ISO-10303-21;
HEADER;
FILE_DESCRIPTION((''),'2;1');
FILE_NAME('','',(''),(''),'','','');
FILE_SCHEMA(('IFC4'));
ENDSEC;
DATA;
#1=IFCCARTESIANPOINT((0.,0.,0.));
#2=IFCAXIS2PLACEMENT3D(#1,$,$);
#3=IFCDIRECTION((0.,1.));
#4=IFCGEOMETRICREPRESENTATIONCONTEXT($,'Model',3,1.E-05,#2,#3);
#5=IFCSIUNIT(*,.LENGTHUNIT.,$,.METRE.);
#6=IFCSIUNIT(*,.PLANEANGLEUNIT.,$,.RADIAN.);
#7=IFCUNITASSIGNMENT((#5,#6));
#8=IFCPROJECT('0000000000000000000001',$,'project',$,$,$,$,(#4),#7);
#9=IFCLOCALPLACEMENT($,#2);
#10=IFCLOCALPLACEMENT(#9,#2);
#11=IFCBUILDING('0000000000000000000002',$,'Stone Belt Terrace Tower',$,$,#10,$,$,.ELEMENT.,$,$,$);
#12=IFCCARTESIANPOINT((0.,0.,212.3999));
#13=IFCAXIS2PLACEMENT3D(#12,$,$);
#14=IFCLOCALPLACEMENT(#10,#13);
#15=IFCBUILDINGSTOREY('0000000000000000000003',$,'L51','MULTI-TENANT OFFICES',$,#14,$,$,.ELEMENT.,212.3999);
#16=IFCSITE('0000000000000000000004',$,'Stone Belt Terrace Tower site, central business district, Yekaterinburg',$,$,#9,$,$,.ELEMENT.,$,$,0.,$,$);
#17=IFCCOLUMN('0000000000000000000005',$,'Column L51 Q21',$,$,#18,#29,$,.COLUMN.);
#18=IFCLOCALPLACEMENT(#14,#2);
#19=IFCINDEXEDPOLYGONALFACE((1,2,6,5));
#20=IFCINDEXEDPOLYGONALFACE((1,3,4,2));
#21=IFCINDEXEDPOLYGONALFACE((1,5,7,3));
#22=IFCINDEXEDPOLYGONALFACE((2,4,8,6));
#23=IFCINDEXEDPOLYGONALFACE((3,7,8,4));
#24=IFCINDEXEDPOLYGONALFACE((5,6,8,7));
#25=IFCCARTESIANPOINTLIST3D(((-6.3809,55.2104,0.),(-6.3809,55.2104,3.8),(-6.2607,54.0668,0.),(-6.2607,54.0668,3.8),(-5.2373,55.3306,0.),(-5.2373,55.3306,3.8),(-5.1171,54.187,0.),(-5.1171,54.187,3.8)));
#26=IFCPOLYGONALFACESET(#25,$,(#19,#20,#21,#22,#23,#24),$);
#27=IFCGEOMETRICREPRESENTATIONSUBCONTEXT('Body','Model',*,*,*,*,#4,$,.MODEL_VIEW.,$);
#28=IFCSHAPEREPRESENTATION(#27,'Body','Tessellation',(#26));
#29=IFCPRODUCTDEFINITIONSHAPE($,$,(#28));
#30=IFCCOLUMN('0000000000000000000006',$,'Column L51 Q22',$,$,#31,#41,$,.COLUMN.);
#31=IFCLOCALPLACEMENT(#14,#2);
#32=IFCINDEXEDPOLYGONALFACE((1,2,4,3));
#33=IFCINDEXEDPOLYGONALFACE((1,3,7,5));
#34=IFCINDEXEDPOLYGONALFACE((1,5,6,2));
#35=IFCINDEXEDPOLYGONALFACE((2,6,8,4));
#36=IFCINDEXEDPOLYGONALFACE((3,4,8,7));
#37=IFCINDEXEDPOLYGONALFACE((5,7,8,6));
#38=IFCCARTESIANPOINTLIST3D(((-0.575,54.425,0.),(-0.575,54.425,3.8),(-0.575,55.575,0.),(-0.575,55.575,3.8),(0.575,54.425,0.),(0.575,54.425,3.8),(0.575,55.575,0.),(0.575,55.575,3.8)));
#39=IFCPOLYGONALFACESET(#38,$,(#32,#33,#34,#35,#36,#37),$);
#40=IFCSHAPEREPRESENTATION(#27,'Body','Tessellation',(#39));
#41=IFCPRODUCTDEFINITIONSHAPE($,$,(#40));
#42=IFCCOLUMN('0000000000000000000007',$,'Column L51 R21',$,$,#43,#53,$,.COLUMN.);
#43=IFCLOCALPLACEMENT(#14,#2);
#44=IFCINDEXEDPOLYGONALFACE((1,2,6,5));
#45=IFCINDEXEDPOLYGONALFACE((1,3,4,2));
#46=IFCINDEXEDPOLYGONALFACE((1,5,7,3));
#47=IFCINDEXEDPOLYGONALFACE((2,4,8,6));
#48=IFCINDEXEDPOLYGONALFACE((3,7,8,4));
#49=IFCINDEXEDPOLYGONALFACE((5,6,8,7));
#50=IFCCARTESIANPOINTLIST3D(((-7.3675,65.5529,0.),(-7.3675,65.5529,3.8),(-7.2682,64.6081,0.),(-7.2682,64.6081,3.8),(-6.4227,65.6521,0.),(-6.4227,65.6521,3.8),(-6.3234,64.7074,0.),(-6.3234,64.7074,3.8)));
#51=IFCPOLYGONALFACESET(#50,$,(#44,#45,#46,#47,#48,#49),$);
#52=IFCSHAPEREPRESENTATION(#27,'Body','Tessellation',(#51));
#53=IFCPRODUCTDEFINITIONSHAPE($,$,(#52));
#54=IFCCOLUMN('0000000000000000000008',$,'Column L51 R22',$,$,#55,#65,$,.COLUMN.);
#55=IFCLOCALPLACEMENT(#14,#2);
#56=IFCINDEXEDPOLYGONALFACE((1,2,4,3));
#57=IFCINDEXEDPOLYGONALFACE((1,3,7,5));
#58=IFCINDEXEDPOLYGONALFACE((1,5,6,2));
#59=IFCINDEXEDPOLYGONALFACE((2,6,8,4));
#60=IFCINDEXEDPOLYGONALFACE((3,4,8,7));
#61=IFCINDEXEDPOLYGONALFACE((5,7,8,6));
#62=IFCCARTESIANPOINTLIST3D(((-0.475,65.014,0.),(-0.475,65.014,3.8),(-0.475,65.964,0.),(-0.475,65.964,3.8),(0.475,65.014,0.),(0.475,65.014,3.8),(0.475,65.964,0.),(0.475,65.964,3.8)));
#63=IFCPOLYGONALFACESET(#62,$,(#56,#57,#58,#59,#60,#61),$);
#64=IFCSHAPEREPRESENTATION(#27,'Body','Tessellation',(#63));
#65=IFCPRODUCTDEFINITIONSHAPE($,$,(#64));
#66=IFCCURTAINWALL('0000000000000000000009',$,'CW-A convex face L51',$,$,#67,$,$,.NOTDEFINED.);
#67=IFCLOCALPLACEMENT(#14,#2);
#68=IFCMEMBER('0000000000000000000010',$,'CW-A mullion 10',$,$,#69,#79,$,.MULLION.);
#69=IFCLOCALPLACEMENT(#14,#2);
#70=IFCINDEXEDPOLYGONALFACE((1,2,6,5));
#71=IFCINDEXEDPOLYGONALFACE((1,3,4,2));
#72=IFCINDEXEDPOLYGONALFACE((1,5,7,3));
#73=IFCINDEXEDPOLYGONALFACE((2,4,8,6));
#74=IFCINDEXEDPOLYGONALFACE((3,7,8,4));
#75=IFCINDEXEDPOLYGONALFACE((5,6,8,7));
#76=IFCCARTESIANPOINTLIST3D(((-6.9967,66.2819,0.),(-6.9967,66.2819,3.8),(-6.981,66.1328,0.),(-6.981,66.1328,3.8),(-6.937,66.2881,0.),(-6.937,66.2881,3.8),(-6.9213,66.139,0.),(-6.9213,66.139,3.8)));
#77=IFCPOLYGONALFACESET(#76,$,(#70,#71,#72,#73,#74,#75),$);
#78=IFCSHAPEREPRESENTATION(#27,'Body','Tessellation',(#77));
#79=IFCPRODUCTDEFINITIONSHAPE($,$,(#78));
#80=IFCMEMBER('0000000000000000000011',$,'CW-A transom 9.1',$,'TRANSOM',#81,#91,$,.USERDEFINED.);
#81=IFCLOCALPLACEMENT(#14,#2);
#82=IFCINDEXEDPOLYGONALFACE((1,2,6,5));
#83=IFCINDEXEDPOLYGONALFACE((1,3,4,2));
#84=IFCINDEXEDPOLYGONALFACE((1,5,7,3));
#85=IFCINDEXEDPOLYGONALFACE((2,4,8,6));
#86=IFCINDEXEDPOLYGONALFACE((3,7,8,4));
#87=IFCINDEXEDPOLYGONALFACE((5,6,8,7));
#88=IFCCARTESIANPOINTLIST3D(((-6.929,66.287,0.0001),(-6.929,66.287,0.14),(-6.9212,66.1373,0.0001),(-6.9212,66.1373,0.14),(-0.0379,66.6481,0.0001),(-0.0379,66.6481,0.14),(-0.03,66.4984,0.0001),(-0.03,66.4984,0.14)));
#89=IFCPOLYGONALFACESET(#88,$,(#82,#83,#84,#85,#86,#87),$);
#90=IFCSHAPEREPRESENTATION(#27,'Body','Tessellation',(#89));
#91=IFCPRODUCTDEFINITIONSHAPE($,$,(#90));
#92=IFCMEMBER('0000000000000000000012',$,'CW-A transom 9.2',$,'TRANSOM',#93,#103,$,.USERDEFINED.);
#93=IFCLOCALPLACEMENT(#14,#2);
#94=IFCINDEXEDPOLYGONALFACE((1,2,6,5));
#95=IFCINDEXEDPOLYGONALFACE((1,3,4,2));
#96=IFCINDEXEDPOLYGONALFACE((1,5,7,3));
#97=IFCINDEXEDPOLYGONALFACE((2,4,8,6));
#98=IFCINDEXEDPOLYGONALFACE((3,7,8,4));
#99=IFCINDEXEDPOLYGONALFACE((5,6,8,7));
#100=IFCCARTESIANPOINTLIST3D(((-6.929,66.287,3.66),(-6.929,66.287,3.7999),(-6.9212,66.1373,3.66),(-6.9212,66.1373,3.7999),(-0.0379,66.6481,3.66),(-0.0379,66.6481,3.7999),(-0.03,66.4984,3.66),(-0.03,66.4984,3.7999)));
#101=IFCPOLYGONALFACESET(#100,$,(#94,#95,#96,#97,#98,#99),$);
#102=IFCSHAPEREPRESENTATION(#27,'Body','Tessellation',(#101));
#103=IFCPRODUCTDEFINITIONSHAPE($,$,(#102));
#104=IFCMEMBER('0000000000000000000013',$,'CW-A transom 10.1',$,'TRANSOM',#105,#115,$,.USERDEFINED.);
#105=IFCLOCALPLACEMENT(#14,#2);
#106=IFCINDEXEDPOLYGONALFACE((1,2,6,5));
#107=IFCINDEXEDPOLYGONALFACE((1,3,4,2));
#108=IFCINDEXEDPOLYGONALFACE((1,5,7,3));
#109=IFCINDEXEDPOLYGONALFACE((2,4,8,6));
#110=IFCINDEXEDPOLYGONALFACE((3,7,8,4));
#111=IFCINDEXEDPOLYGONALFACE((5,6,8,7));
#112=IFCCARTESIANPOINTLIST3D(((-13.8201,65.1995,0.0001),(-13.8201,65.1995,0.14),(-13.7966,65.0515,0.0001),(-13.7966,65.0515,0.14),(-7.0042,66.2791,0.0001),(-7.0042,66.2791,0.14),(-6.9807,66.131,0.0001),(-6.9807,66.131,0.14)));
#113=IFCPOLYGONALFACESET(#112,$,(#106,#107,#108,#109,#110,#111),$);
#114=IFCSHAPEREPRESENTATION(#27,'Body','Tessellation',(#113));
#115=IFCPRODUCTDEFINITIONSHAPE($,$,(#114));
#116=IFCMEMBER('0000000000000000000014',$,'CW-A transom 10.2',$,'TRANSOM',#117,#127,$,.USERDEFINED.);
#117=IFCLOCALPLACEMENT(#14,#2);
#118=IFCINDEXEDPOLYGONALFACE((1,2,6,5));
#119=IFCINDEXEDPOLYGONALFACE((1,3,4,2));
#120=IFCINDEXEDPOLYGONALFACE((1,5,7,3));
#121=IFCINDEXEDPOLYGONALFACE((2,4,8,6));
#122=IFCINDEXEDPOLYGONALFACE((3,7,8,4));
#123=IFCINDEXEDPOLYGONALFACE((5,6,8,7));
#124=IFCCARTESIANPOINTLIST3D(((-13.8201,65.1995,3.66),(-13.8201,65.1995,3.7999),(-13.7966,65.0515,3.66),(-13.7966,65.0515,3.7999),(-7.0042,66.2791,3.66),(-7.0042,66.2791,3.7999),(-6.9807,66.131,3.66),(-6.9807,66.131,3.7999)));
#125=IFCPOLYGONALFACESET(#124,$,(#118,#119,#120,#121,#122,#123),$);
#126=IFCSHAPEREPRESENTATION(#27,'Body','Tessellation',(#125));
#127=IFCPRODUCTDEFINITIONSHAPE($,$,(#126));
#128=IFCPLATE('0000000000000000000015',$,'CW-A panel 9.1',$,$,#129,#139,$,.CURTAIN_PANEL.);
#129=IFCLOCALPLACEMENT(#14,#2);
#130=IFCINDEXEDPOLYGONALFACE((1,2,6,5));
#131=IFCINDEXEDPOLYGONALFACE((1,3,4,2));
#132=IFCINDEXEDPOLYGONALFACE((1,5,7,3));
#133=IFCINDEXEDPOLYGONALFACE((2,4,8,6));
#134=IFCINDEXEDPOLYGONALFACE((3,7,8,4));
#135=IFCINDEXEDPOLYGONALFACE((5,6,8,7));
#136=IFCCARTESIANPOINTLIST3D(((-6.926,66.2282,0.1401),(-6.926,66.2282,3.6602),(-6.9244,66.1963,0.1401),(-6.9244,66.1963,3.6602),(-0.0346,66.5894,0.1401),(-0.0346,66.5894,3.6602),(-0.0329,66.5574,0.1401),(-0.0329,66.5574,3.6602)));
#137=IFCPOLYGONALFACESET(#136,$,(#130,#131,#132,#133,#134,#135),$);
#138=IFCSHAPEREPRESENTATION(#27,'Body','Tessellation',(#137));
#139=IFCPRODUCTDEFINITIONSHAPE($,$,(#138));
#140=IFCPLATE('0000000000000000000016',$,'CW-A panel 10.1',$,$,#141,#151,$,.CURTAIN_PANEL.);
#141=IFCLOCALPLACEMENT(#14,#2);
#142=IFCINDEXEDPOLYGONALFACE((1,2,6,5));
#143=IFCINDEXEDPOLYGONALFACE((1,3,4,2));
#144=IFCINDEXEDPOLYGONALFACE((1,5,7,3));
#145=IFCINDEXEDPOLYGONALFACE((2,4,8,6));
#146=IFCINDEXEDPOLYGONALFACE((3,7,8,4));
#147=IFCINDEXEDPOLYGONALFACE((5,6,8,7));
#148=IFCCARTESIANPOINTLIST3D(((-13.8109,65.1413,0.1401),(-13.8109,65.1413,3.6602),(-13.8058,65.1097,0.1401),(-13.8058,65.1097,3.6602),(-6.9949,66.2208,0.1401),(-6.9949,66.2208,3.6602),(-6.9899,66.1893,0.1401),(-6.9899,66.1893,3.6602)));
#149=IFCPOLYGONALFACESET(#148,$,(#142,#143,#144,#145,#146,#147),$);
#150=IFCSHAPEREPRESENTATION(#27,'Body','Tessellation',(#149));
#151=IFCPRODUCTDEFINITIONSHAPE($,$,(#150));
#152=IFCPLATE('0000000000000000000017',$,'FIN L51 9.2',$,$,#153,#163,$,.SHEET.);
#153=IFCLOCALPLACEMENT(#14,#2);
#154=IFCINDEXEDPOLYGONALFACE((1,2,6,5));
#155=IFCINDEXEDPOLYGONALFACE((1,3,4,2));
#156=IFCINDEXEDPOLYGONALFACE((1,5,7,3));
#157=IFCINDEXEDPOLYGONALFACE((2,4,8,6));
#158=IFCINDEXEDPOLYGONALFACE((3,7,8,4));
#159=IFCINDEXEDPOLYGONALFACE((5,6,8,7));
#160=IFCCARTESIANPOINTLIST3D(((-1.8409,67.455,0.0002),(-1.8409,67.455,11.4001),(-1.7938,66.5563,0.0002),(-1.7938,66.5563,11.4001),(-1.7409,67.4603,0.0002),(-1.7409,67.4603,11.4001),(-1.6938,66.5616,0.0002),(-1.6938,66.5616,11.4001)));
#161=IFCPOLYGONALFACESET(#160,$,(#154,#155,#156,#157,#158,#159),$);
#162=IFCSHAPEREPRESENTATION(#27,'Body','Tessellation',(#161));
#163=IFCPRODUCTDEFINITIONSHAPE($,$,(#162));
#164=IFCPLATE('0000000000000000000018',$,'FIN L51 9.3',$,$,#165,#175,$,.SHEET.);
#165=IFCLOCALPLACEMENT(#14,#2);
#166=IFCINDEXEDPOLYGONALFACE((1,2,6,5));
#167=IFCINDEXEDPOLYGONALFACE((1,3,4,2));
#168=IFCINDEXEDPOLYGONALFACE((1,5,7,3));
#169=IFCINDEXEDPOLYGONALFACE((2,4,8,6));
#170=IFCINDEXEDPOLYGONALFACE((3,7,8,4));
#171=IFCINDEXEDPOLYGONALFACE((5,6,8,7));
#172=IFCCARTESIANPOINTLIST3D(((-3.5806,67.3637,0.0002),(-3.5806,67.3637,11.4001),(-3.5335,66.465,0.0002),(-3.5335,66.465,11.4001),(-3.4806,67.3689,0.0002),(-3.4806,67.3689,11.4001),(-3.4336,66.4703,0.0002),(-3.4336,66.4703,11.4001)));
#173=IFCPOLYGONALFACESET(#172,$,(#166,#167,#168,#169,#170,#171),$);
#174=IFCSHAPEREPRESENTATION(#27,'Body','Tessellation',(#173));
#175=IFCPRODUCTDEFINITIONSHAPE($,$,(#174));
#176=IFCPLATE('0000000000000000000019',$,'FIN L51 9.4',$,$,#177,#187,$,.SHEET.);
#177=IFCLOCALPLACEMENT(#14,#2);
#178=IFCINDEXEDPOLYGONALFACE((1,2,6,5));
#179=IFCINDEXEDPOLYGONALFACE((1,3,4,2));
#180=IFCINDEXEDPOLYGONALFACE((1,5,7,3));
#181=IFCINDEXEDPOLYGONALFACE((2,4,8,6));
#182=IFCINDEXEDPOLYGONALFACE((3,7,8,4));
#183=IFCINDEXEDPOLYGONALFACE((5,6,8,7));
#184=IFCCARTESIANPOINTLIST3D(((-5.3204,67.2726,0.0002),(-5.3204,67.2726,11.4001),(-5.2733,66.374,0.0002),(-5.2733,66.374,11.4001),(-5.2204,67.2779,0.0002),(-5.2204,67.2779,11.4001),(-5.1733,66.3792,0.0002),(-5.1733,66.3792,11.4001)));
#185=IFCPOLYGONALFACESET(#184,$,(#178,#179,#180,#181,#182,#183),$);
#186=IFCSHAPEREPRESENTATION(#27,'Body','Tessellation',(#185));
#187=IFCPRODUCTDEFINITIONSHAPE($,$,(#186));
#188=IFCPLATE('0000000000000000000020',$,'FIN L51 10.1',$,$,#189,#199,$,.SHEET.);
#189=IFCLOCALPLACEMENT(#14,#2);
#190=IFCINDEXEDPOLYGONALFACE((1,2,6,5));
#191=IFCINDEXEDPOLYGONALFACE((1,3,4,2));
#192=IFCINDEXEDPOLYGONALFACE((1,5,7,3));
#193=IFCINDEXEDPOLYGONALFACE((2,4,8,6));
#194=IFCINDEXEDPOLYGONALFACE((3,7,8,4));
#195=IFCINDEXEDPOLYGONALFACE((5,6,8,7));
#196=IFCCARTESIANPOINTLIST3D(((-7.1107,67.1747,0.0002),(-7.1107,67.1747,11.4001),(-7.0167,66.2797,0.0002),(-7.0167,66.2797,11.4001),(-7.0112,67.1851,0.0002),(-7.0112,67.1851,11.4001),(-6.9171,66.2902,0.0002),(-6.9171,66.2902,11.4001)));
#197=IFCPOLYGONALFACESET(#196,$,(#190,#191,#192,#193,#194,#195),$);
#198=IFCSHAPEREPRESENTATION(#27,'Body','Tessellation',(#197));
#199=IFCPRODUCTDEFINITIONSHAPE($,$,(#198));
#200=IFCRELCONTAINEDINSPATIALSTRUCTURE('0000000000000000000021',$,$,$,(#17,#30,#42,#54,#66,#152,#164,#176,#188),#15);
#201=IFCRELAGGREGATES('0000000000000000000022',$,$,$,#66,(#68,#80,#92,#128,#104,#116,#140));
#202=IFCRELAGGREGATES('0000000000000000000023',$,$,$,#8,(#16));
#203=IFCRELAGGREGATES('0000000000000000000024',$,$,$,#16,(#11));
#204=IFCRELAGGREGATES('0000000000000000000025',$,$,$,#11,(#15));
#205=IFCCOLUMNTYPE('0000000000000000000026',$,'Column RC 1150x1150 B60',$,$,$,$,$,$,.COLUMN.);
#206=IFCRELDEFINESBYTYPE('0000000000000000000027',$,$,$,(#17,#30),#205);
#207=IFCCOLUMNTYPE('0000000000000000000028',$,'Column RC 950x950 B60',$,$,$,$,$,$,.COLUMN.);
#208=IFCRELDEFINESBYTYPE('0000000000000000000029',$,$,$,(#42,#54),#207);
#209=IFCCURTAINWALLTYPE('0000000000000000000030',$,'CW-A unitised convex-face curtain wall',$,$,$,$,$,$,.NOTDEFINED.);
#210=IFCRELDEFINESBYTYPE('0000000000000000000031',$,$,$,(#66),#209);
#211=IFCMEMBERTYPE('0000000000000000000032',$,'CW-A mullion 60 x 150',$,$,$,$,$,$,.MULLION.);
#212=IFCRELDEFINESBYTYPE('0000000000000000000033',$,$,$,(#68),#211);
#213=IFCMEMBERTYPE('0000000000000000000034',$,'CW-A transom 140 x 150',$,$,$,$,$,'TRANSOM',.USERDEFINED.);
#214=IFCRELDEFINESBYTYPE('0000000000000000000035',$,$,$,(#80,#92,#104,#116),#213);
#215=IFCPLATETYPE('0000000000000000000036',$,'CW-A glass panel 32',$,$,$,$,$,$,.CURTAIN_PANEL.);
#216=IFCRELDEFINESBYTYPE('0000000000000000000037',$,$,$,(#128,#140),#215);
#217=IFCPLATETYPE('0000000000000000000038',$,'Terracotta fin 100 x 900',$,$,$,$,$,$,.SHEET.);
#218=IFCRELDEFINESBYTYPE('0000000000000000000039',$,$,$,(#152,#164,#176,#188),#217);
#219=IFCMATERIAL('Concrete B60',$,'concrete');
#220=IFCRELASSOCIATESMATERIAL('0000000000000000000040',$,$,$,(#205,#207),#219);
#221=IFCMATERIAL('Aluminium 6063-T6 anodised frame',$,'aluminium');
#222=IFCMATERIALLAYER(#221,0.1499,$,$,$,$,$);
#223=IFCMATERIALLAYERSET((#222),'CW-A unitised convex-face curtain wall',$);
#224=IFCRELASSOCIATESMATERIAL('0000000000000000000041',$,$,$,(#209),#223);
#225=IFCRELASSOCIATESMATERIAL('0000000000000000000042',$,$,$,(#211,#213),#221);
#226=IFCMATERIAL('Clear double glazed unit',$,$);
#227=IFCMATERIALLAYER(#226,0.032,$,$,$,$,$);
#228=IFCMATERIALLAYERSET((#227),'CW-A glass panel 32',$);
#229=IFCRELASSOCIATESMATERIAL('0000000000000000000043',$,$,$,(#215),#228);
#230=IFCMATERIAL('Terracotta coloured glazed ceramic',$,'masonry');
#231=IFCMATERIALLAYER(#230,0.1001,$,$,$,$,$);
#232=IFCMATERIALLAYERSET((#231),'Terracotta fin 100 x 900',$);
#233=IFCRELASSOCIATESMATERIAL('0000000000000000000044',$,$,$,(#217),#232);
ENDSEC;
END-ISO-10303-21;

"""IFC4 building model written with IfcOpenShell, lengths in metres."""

from ifc_helpers import new_model, si_unit, direction, frame, origin, origin_2d, place, context, subcontext, project, spatial, rectangle, extrude, material, layer, layer_set, material_profile, profile_set, type_object, element, aggregate, save


model = new_model("IFC4")

# Units and contexts
model_context = context("Model", 3, precision=1e-05, world=origin(), true_north=direction((0.0, 1.0)))
body_context = subcontext(model_context, "Body", "Model", "MODEL_VIEW")
ifc_project = project(units=[si_unit("LENGTHUNIT", "METRE"), si_unit("PLANEANGLEUNIT", "RADIAN")], contexts=[model_context])

# Site, building, storey
site_placement = place(None, origin())
site = spatial("IfcSite", under=ifc_project, at=site_placement, Name="Stone Belt Terrace Tower site, central business district, Yekaterinburg", CompositionType="ELEMENT", RefElevation=0.0)
building_placement = place(site_placement, origin())
building = spatial("IfcBuilding", under=site, at=building_placement, Name="Stone Belt Terrace Tower", CompositionType="ELEMENT")
storey_placement = place(building_placement, frame((0.0, 0.0, 212.3999)))
storey = spatial("IfcBuildingStorey", under=building, at=storey_placement, Name="L51", Description="MULTI-TENANT OFFICES", CompositionType="ELEMENT", Elevation=212.3999)

# Columns
ifc_material_1 = material(Name="Concrete B60", Category="concrete")
ifc_material_profile_1 = material_profile(ifc_material_1, rectangle(XDim=1.1499, YDim=1.1499, at=origin_2d()), Name="RC 1150x1150")
ifc_profile_set_1 = profile_set([ifc_material_profile_1], Name="Concrete B60")
column_type_1 = type_object("IfcColumnType", Name="Column RC 1150x1150 B60", PredefinedType="COLUMN", material=ifc_profile_set_1)
for number, where, z_axis, x_axis, name in (
    (1, (-5.749, 54.6987, 0.0), (0.0, 0.0, 1.0), (0.994522, 0.104528, 0.0), "Column L51 Q21"),
    (2, (0.0, 55.0, 0.0), (0.0, 0.0, 1.0), (1.0, 0.0, 0.0), "Column L51 Q22"),
):
    element("IfcColumn", number, at=place(storey_placement, frame(where, z_axis=z_axis, x_axis=x_axis)), inside=storey, type_object=column_type_1, Name=name, PredefinedType="COLUMN", context=body_context, shape_type="SweptSolid", body=[
        extrude(rectangle(XDim=1.1499, YDim=1.1499, at=origin_2d()), origin(), (0.0, 0.0, 1.0), 3.8),
    ])
ifc_material_profile_2 = material_profile(ifc_material_1, rectangle(XDim=0.95, YDim=0.95, at=origin_2d()), Name="RC 950x950")
ifc_profile_set_2 = profile_set([ifc_material_profile_2], Name="Concrete B60")
column_type_2 = type_object("IfcColumnType", Name="Column RC 950x950 B60", PredefinedType="COLUMN", material=ifc_profile_set_2)
for number, where, z_axis, x_axis, name in (
    (3, (-6.8455, 65.1301, 0.0), (0.0, 0.0, 1.0), (0.994522, 0.104528, 0.0), "Column L51 R21"),
    (4, (0.0, 65.489, 0.0), (0.0, 0.0, 1.0), (1.0, 0.0, 0.0), "Column L51 R22"),
):
    element("IfcColumn", number, at=place(storey_placement, frame(where, z_axis=z_axis, x_axis=x_axis)), inside=storey, type_object=column_type_2, Name=name, PredefinedType="COLUMN", context=body_context, shape_type="SweptSolid", body=[
        extrude(rectangle(XDim=0.95, YDim=0.95, at=origin_2d()), origin(), (0.0, 0.0, 1.0), 3.8),
    ])

# Curtain wall, members, plates
ifc_material_2 = material(Name="Aluminium 6063-T6 anodised frame", Category="aluminium")
ifc_layer_1 = layer(ifc_material_2, 0.1499)
ifc_layer_set_1 = layer_set([ifc_layer_1], Name="CW-A unitised convex-face curtain wall")
curtain_wall_type = type_object("IfcCurtainWallType", Name="CW-A unitised convex-face curtain wall", PredefinedType="NOTDEFINED", material=ifc_layer_set_1)
curtain_wall_placement = place(storey_placement, origin())
curtain_wall = element("IfcCurtainWall", 5, at=curtain_wall_placement, inside=storey, type_object=curtain_wall_type, Name="CW-A convex face L51", PredefinedType="NOTDEFINED")
ifc_material_profile_3 = material_profile(ifc_material_2, rectangle(XDim=0.1499, YDim=0.0601, at=origin_2d()), Name="Aluminium 6063-T6 60x150")
ifc_profile_set_3 = profile_set([ifc_material_profile_3], Name="Aluminium 6063-T6 anodised frame")
member_type_1 = type_object("IfcMemberType", Name="CW-A mullion 60 x 150", PredefinedType="MULLION", material=ifc_profile_set_3)
member_1_placement = place(storey_placement, frame((-6.959, 66.2104, 0.0), z_axis=(0.0, 0.0, 1.0), x_axis=(0.104528, -0.994522, 0.0)))
member_1 = element("IfcMember", 6, at=member_1_placement, type_object=member_type_1, Name="CW-A mullion 10", PredefinedType="MULLION", context=body_context, shape_type="SweptSolid", body=[
    extrude(rectangle(XDim=0.1499, YDim=0.0601, at=origin_2d()), origin(), (0.0, 0.0, 1.0), 3.8),
])
ifc_material_profile_4 = material_profile(ifc_material_2, rectangle(XDim=0.1499, YDim=0.1399, at=origin_2d()), Name="Aluminium 6063-T6 150x140")
ifc_profile_set_4 = profile_set([ifc_material_profile_4], Name="Aluminium 6063-T6 anodised frame")
member_type_2 = type_object("IfcMemberType", Name="CW-A transom 140 x 150", ElementType="TRANSOM", PredefinedType="USERDEFINED", material=ifc_profile_set_4)
member_2_placement = place(storey_placement, frame((-0.0339, 66.5732, 0.0701), z_axis=(-0.99863, -0.052327, 0.0), x_axis=(0.052327, -0.99863, 0.0)))
member_2 = element("IfcMember", 7, at=member_2_placement, type_object=member_type_2, Name="CW-A transom 9.1", ObjectType="TRANSOM", PredefinedType="USERDEFINED", context=body_context, shape_type="SweptSolid", body=[
    extrude(rectangle(XDim=0.1499, YDim=0.1399, at=origin_2d()), origin(), (0.0, 0.0, 1.0), 6.9006),
])
member_3_placement = place(storey_placement, frame((-0.0339, 66.5732, 3.73), z_axis=(-0.99863, -0.052327, 0.0), x_axis=(0.052327, -0.99863, 0.0)))
member_3 = element("IfcMember", 8, at=member_3_placement, type_object=member_type_2, Name="CW-A transom 9.2", ObjectType="TRANSOM", PredefinedType="USERDEFINED", context=body_context, shape_type="SweptSolid", body=[
    extrude(rectangle(XDim=0.1499, YDim=0.1399, at=origin_2d()), origin(), (0.0, 0.0, 1.0), 6.9006),
])
member_4_placement = place(storey_placement, frame((-6.9924, 66.2051, 0.0701), z_axis=(-0.987687, -0.156442, 0.0), x_axis=(0.156442, -0.987687, 0.0)))
member_4 = element("IfcMember", 9, at=member_4_placement, type_object=member_type_2, Name="CW-A transom 10.1", ObjectType="TRANSOM", PredefinedType="USERDEFINED", context=body_context, shape_type="SweptSolid", body=[
    extrude(rectangle(XDim=0.1499, YDim=0.1399, at=origin_2d()), origin(), (0.0, 0.0, 1.0), 6.9009),
])
member_5_placement = place(storey_placement, frame((-6.9924, 66.2051, 3.73), z_axis=(-0.987687, -0.156442, 0.0), x_axis=(0.156442, -0.987687, 0.0)))
member_5 = element("IfcMember", 10, at=member_5_placement, type_object=member_type_2, Name="CW-A transom 10.2", ObjectType="TRANSOM", PredefinedType="USERDEFINED", context=body_context, shape_type="SweptSolid", body=[
    extrude(rectangle(XDim=0.1499, YDim=0.1399, at=origin_2d()), origin(), (0.0, 0.0, 1.0), 6.9009),
])
ifc_material_3 = material(Name="Clear double glazed unit")
ifc_layer_2 = layer(ifc_material_3, 0.032)
ifc_layer_set_2 = layer_set([ifc_layer_2], Name="CW-A glass panel 32")
plate_type_1 = type_object("IfcPlateType", Name="CW-A glass panel 32", PredefinedType="CURTAIN_PANEL", material=ifc_layer_set_2)
plate_1_placement = place(storey_placement, frame((-3.4795, 66.3928, 0.1401), z_axis=(0.0, 0.0, 1.0), x_axis=(-0.99863, -0.052336, 0.0)))
plate_1 = element("IfcPlate", 11, at=plate_1_placement, type_object=plate_type_1, Name="CW-A panel 9.1", PredefinedType="CURTAIN_PANEL", context=body_context, shape_type="SweptSolid", body=[
    extrude(rectangle(XDim=6.9009, YDim=0.032, at=origin_2d()), origin(), (0.0, 0.0, 1.0), 3.52),
])
plate_2_placement = place(storey_placement, frame((-10.4004, 65.6653, 0.1401), z_axis=(0.0, 0.0, 1.0), x_axis=(-0.987688, -0.156434, 0.0)))
plate_2 = element("IfcPlate", 12, at=plate_2_placement, type_object=plate_type_1, Name="CW-A panel 10.1", PredefinedType="CURTAIN_PANEL", context=body_context, shape_type="SweptSolid", body=[
    extrude(rectangle(XDim=6.9009, YDim=0.032, at=origin_2d()), origin(), (0.0, 0.0, 1.0), 3.52),
])
aggregate(curtain_wall, [member_1, member_2, member_3, plate_1, member_4, member_5, plate_2])

# Plates
ifc_material_4 = material(Name="Terracotta coloured glazed ceramic", Category="masonry")
ifc_layer_3 = layer(ifc_material_4, 0.1001)
ifc_layer_set_3 = layer_set([ifc_layer_3], Name="Terracotta fin 100 x 900")
plate_type_2 = type_object("IfcPlateType", Name="Terracotta fin 100 x 900", PredefinedType="SHEET", material=ifc_layer_set_3)
for number, where, z_axis, x_axis, name in (
    (13, (-1.7673, 67.0083, 0.0002), (0.0, 0.0, 1.0), (-0.052336, 0.99863, 0.0), "FIN L51 9.2"),
    (14, (-3.5071, 66.917, 0.0002), (0.0, 0.0, 1.0), (-0.052336, 0.99863, 0.0), "FIN L51 9.3"),
    (15, (-5.2468, 66.8259, 0.0002), (0.0, 0.0, 1.0), (-0.052336, 0.99863, 0.0), "FIN L51 9.4"),
    (16, (-7.0139, 66.7324, 0.0002), (0.0, 0.0, 1.0), (-0.104528, 0.994522, 0.0), "FIN L51 10.1"),
):
    element("IfcPlate", number, at=place(storey_placement, frame(where, z_axis=z_axis, x_axis=x_axis)), inside=storey, type_object=plate_type_2, Name=name, PredefinedType="SHEET", context=body_context, shape_type="SweptSolid", body=[
        extrude(rectangle(XDim=0.8999, YDim=0.1001, at=origin_2d()), origin(), (0.0, 0.0, 1.0), 11.3999),
    ])

save(model, "model.ifc")
